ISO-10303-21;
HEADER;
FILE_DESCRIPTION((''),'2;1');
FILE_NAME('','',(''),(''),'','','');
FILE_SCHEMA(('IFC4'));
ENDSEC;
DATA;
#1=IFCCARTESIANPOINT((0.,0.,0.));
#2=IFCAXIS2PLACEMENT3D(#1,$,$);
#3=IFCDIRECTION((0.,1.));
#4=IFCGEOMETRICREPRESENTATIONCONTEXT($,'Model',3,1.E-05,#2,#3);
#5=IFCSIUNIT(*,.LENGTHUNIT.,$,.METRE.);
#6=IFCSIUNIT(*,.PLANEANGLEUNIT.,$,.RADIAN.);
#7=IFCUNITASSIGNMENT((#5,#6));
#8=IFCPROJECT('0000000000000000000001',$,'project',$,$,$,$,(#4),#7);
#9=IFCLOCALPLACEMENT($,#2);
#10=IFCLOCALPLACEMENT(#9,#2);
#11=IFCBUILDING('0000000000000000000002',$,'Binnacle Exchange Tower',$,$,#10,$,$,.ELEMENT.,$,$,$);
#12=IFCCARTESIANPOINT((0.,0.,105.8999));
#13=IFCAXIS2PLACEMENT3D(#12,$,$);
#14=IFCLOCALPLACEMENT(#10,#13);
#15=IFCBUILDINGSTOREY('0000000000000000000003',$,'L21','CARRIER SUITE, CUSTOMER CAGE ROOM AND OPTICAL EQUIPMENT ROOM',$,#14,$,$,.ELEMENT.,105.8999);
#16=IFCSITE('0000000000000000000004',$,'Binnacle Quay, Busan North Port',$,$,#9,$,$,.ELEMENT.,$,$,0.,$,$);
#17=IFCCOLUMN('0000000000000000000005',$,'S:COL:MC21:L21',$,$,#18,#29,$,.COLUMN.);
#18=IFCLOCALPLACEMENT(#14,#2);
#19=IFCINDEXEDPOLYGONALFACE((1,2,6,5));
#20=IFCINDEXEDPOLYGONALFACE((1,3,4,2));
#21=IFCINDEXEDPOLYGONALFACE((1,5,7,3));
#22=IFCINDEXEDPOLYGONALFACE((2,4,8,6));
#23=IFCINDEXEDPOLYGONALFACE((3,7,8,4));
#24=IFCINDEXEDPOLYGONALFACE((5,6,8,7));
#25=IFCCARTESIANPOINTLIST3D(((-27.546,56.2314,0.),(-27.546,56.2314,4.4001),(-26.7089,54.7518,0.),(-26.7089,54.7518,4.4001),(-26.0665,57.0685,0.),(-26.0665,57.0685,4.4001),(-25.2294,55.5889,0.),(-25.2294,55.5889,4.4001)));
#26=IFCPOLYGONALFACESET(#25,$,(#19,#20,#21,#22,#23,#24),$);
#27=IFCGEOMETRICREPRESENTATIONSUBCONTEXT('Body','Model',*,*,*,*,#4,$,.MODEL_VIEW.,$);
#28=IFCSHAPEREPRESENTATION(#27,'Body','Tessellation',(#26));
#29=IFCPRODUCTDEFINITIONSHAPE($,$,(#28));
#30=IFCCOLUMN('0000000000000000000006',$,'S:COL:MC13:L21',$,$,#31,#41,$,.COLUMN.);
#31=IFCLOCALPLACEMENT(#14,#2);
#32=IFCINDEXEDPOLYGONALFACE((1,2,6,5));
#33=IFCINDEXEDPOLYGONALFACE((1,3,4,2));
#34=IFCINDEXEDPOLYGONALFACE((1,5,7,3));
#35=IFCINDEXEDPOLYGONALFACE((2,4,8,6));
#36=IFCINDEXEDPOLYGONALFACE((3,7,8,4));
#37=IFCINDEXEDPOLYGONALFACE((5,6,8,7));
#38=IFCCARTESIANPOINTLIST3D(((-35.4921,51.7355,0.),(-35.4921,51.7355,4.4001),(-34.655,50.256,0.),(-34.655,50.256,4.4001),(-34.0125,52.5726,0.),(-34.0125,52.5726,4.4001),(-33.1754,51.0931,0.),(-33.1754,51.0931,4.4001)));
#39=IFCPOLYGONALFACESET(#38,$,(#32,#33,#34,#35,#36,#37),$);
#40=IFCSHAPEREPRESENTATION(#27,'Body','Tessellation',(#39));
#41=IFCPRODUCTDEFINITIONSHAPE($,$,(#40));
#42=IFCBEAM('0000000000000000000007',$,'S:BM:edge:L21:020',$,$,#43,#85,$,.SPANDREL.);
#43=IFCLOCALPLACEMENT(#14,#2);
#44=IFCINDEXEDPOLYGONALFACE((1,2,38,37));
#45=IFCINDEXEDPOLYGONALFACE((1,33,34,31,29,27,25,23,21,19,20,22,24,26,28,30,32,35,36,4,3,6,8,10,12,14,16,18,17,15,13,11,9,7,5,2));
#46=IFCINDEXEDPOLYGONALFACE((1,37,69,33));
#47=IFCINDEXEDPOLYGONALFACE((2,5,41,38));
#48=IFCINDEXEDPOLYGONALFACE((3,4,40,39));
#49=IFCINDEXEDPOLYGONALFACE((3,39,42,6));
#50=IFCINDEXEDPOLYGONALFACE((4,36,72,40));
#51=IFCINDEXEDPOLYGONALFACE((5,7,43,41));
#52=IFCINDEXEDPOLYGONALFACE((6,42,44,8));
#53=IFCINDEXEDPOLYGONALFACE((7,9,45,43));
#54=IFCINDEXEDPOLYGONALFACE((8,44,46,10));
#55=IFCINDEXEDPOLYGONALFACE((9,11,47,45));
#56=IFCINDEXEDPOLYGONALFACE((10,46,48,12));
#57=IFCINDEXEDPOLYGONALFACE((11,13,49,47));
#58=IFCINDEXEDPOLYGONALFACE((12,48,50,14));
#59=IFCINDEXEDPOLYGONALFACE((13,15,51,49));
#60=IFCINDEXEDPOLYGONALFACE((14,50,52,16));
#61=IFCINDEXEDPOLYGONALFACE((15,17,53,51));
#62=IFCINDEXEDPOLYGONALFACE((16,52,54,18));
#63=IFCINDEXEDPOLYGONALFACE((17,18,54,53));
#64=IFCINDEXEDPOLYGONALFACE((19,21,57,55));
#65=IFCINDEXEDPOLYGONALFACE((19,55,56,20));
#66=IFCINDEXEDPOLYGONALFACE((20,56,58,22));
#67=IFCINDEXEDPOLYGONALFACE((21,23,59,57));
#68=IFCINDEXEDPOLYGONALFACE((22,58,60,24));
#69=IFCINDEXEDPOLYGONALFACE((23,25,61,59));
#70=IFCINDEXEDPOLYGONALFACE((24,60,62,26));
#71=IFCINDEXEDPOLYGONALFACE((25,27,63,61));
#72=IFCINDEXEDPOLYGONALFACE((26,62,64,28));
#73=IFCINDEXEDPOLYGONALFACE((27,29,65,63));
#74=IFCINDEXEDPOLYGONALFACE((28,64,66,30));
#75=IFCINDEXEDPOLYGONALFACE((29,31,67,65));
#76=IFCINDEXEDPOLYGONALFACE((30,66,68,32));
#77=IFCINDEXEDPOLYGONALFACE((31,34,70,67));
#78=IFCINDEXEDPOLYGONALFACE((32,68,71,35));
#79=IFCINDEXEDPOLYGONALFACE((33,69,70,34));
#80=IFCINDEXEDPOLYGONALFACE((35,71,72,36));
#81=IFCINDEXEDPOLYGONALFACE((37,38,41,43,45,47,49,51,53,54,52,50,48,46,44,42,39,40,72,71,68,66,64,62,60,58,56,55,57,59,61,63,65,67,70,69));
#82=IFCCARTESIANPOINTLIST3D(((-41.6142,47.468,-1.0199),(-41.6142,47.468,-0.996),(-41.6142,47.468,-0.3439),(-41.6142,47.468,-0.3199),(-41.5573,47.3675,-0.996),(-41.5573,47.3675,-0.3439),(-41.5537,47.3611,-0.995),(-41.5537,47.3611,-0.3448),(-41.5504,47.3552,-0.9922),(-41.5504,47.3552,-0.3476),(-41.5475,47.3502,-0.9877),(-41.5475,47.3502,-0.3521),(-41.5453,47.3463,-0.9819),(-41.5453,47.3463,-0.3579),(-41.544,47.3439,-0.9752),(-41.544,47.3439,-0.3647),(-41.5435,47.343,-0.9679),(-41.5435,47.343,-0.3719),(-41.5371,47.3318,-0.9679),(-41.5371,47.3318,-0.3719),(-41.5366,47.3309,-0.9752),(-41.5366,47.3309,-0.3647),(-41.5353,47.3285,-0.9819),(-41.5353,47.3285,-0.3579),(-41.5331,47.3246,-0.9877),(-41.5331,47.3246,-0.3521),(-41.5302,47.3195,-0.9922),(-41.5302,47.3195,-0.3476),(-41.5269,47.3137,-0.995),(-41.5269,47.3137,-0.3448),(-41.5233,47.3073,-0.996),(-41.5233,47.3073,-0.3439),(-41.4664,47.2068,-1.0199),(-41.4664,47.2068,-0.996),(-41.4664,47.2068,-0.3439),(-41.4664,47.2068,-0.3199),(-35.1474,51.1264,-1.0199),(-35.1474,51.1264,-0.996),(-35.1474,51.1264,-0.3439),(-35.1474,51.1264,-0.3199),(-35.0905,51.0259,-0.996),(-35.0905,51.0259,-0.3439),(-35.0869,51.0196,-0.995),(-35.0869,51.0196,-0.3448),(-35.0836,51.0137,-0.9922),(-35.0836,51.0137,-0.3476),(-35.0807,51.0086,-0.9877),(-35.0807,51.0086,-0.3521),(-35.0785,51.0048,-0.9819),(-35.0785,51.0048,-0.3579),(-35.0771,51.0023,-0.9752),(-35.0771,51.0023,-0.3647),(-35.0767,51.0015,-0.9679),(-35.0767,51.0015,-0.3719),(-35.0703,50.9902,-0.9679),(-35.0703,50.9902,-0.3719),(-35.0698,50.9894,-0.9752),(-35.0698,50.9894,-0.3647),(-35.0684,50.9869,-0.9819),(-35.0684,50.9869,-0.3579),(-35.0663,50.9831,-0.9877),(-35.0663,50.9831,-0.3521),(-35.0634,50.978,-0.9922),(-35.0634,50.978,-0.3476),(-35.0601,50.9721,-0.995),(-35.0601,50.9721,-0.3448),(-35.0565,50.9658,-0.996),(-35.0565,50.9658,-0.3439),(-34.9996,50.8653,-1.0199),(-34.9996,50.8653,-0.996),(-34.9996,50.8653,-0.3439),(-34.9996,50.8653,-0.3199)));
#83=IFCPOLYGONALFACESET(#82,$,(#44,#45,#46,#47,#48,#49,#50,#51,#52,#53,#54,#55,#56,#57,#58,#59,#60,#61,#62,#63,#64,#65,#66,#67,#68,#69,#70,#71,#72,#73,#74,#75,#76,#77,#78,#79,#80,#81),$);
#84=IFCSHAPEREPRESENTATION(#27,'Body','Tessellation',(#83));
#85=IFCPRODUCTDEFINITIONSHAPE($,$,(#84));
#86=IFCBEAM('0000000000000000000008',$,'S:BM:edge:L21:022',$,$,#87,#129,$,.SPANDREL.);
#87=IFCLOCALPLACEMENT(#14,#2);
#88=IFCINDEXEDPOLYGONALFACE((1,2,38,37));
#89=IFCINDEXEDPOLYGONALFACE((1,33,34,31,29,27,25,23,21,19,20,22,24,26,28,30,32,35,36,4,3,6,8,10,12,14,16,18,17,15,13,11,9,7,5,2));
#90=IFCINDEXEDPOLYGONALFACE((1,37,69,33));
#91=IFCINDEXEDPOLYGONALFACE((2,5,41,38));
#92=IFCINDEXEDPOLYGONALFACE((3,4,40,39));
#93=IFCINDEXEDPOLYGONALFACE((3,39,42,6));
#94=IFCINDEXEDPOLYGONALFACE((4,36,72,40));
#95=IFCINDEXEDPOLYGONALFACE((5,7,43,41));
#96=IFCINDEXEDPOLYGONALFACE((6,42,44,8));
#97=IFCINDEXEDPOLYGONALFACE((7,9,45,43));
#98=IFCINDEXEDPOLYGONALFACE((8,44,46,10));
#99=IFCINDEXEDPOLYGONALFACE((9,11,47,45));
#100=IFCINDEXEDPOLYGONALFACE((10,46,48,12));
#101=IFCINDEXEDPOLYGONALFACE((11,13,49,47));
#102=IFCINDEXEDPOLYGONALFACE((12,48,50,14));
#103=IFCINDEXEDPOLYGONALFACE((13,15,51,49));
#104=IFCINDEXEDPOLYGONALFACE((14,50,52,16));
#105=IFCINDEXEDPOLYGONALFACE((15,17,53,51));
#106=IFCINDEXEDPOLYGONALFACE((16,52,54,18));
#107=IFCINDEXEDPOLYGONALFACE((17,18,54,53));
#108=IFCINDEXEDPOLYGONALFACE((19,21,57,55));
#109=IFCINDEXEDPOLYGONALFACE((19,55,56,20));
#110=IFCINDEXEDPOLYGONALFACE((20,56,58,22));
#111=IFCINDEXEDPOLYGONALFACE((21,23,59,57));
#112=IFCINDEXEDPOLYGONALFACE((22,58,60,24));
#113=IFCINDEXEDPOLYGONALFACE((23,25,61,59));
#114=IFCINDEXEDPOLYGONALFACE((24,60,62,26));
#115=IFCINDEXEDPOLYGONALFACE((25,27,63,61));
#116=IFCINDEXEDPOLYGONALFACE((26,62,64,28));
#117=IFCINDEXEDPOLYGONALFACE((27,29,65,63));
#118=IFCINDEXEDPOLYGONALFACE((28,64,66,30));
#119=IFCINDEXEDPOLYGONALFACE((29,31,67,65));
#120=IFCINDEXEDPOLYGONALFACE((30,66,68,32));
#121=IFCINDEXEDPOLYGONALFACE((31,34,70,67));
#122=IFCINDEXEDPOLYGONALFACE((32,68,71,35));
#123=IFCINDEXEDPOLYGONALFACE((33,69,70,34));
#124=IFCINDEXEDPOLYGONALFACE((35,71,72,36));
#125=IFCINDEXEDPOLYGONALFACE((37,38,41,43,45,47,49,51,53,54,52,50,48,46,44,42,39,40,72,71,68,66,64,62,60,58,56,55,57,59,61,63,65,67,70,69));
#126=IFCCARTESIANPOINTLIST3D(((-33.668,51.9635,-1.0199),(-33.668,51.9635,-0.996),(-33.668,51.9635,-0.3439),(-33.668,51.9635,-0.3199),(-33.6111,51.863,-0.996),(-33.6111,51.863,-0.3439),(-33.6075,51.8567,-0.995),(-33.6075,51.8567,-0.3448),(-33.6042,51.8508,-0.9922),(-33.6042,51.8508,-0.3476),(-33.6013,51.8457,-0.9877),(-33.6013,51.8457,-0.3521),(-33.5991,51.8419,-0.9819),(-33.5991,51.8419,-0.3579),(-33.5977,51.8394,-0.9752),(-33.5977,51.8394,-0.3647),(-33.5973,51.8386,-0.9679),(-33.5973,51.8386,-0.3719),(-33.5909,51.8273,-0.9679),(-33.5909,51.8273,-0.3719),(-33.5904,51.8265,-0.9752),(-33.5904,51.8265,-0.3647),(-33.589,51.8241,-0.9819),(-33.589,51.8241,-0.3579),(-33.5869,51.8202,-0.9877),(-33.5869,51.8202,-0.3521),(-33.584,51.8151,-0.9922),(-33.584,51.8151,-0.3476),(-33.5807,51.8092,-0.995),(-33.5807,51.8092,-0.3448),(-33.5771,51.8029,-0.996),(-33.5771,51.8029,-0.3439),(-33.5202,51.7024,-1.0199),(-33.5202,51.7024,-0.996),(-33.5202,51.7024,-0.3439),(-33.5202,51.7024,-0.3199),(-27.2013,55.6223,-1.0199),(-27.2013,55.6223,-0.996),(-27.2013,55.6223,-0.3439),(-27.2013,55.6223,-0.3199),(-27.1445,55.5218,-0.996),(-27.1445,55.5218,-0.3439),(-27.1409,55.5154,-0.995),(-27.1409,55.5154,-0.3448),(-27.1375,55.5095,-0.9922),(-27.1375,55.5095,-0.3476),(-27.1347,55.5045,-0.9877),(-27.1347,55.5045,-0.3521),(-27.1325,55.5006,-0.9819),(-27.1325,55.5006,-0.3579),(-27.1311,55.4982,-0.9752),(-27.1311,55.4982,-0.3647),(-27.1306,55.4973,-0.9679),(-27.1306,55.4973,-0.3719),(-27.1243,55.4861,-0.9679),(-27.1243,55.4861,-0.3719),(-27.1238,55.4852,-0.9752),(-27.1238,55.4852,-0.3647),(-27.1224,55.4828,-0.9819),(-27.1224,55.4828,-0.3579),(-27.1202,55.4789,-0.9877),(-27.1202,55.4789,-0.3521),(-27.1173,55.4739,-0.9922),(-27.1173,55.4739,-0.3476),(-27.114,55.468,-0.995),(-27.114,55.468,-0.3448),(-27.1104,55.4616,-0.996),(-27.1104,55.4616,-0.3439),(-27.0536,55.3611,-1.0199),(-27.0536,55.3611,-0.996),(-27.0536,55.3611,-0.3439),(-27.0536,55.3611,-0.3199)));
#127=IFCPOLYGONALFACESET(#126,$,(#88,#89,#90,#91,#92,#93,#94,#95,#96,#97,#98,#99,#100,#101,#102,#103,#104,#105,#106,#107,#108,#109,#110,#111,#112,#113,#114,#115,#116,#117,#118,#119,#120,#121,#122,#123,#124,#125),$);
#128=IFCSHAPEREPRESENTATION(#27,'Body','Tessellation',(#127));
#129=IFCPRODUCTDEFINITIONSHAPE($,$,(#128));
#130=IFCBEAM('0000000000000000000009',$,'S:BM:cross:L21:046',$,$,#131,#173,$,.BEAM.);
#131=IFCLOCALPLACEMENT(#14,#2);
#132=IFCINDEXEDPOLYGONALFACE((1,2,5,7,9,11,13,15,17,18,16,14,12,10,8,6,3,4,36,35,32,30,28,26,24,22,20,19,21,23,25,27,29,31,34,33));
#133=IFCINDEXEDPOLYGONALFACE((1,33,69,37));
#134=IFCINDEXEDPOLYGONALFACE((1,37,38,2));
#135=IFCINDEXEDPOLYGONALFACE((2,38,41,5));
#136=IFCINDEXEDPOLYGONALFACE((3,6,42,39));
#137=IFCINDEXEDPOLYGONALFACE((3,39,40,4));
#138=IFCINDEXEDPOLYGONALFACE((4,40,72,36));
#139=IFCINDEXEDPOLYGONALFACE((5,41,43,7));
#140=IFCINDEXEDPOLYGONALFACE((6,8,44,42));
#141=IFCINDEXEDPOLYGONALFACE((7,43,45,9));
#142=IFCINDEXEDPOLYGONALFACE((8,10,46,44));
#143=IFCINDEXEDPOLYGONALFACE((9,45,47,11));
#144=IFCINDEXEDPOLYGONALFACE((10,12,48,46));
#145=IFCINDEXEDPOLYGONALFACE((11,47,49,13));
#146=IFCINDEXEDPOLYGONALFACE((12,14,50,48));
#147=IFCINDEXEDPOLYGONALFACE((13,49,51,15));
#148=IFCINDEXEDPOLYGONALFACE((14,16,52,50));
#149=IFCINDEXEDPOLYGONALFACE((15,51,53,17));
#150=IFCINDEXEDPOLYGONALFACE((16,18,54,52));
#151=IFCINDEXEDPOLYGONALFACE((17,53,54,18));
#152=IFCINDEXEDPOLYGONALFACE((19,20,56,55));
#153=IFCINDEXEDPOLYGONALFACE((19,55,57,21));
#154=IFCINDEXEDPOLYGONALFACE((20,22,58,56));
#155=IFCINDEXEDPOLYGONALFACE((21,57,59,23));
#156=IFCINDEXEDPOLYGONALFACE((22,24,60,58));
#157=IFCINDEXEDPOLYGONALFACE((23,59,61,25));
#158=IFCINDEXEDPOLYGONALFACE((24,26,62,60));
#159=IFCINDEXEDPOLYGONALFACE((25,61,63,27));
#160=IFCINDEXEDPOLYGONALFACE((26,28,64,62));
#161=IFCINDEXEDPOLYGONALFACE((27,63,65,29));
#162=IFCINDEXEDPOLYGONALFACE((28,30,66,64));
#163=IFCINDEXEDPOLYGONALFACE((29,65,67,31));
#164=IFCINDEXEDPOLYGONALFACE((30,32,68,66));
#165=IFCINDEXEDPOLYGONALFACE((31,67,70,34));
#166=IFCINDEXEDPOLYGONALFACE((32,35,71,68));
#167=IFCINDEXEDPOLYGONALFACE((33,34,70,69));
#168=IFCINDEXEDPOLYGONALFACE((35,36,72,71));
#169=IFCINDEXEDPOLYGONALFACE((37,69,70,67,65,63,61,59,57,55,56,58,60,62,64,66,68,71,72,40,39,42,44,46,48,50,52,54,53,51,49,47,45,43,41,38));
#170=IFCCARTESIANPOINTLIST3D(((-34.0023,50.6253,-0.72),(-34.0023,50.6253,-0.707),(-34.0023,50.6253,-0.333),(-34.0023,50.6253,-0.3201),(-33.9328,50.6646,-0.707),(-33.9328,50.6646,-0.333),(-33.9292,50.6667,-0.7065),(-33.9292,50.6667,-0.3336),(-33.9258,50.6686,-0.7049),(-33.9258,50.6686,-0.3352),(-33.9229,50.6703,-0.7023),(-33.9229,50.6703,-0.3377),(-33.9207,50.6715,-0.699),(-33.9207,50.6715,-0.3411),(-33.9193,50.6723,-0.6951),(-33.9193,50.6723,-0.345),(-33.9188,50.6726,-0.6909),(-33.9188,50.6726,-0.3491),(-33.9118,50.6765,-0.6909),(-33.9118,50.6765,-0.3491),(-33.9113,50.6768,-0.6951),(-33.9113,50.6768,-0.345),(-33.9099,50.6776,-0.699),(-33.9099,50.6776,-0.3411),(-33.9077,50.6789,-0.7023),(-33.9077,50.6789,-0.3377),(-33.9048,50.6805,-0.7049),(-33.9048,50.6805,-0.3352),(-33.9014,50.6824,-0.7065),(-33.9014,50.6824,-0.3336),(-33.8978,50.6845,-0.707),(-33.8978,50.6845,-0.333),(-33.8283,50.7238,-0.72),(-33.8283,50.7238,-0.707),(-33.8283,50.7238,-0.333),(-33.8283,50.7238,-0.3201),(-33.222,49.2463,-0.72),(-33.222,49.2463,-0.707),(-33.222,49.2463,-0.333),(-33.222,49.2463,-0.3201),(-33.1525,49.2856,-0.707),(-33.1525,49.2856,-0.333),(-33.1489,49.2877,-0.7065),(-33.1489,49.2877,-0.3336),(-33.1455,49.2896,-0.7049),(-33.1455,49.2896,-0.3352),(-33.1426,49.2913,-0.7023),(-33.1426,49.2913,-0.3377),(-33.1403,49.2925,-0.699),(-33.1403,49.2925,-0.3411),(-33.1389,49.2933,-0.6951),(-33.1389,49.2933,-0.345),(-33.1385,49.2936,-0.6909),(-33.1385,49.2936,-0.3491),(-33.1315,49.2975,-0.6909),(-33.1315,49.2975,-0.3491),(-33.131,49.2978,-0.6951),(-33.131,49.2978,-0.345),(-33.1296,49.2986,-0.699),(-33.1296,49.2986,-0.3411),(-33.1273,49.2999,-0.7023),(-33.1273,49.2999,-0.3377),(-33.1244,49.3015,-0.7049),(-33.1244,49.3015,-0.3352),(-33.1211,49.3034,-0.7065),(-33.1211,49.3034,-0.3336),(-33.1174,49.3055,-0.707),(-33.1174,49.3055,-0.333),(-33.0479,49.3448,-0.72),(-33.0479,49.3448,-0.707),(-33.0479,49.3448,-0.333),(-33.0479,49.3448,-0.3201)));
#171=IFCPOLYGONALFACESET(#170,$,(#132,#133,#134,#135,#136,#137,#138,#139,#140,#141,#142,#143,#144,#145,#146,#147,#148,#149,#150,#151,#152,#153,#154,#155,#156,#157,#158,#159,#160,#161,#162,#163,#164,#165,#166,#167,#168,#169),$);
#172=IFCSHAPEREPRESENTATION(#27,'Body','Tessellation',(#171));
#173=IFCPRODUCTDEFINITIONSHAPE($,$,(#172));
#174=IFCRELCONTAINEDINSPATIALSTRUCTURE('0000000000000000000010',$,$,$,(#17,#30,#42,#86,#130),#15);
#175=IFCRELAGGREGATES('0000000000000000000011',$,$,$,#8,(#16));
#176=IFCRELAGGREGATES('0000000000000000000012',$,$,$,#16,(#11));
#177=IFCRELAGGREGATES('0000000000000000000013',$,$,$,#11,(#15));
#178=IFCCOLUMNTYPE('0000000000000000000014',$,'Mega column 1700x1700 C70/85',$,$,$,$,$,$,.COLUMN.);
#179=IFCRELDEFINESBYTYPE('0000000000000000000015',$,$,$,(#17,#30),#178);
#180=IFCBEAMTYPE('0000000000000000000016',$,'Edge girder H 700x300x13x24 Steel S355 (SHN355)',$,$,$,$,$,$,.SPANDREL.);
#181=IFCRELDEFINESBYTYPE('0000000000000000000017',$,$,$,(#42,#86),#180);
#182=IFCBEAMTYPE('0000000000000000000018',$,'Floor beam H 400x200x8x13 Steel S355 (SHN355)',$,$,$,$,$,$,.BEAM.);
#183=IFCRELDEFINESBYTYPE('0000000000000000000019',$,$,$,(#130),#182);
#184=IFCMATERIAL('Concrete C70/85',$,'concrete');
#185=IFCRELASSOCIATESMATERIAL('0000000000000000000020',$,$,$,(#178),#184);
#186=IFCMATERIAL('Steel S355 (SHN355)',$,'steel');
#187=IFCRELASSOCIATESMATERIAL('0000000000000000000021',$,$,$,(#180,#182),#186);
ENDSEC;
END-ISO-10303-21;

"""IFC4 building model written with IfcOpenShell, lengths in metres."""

from ifc_helpers import new_model, si_unit, direction, frame, origin, origin_2d, place, context, subcontext, project, spatial, rectangle, i_section, extrude, material, material_profile, profile_set, type_object, element, save


model = new_model("IFC4")

# Units and contexts
model_context = context("Model", 3, precision=1e-05, world=origin(), true_north=direction((0.0, 1.0)))
body_context = subcontext(model_context, "Body", "Model", "MODEL_VIEW")
ifc_project = project(units=[si_unit("LENGTHUNIT", "METRE"), si_unit("PLANEANGLEUNIT", "RADIAN")], contexts=[model_context])

# Site, building, storey
site_placement = place(None, origin())
site = spatial("IfcSite", under=ifc_project, at=site_placement, Name="Binnacle Quay, Busan North Port", CompositionType="ELEMENT", RefElevation=0.0)
building_placement = place(site_placement, origin())
building = spatial("IfcBuilding", under=site, at=building_placement, Name="Binnacle Exchange Tower", CompositionType="ELEMENT")
storey_placement = place(building_placement, frame((0.0, 0.0, 105.8999)))
storey = spatial("IfcBuildingStorey", under=building, at=storey_placement, Name="L21", Description="CARRIER SUITE, CUSTOMER CAGE ROOM AND OPTICAL EQUIPMENT ROOM", CompositionType="ELEMENT", Elevation=105.8999)

# Columns
ifc_material_1 = material(Name="Concrete C70/85", Category="concrete")
ifc_material_profile_1 = material_profile(ifc_material_1, rectangle(XDim=1.7, YDim=1.7, at=origin_2d()), Name="Mega column 1700x1700 C70/85")
ifc_profile_set_1 = profile_set([ifc_material_profile_1], Name="Concrete C70/85")
column_type = type_object("IfcColumnType", Name="Mega column 1700x1700 C70/85", PredefinedType="COLUMN", material=ifc_profile_set_1)
for number, where, z_axis, x_axis, name in (
    (1, (-26.3877, 55.9102, 0.0), (0.0, 0.0, 1.0), (-0.870356, -0.492424, 0.0), "S:COL:MC21:L21"),
    (2, (-34.3337, 51.4143, 0.0), (0.0, 0.0, 1.0), (-0.870356, -0.492424, 0.0), "S:COL:MC13:L21"),
):
    element("IfcColumn", number, at=place(storey_placement, frame(where, z_axis=z_axis, x_axis=x_axis)), inside=storey, type_object=column_type, Name=name, PredefinedType="COLUMN", context=body_context, shape_type="SweptSolid", body=[
        extrude(rectangle(XDim=1.7, YDim=1.7, at=origin_2d()), origin(), (0.0, 0.0, 1.0), 4.4001),
    ])

# Beams
ifc_material_2 = material(Name="Steel S355 (SHN355)", Category="steel")
ifc_material_profile_2 = material_profile(ifc_material_2, i_section(OverallWidth=0.3, OverallDepth=0.7, WebThickness=0.0129, FlangeThickness=0.0239, FilletRadius=0.0281, at=origin_2d()), Name="H 700x300x13x24")
ifc_profile_set_2 = profile_set([ifc_material_profile_2], Name="Steel S355 (SHN355)")
beam_type_1 = type_object("IfcBeamType", Name="Edge girder H 700x300x13x24 Steel S355 (SHN355)", PredefinedType="SPANDREL", material=ifc_profile_set_2)
for number, where, z_axis, x_axis, name in (
    (3, (-35.0735, 50.9958, -0.6699), (-0.870372, -0.492394, 0.0), (0.492394, -0.870372, 0.0), "S:BM:edge:L21:020"),
    (4, (-27.1274, 55.4917, -0.6699), (-0.87035, -0.492433, 0.0), (0.492433, -0.87035, 0.0), "S:BM:edge:L21:022"),
):
    element("IfcBeam", number, at=place(storey_placement, frame(where, z_axis=z_axis, x_axis=x_axis)), inside=storey, type_object=beam_type_1, Name=name, PredefinedType="SPANDREL", context=body_context, shape_type="SweptSolid", body=[
        extrude(i_section(OverallWidth=0.3, OverallDepth=0.7, WebThickness=0.0129, FlangeThickness=0.0239, FilletRadius=0.0281, at=origin_2d()), origin(), (0.0, 0.0, 1.0), 7.4299),
    ])
ifc_material_profile_3 = material_profile(ifc_material_2, i_section(OverallWidth=0.2, OverallDepth=0.3999, WebThickness=0.0081, FlangeThickness=0.0129, FilletRadius=0.0161, at=origin_2d()), Name="H 400x200x8x13")
ifc_profile_set_3 = profile_set([ifc_material_profile_3], Name="Steel S355 (SHN355)")
beam_type_2 = type_object("IfcBeamType", Name="Floor beam H 400x200x8x13 Steel S355 (SHN355)", PredefinedType="BEAM", material=ifc_profile_set_3)
beam_1_placement = place(storey_placement, frame((-33.9153, 50.6746, -0.52), z_axis=(0.492484, -0.870322, 0.0), x_axis=(0.870322, 0.492484, 0.0)))
element("IfcBeam", 5, at=beam_1_placement, inside=storey, type_object=beam_type_2, Name="S:BM:cross:L21:046", PredefinedType="BEAM", context=body_context, shape_type="SweptSolid", body=[
    extrude(i_section(OverallWidth=0.2, OverallDepth=0.3999, WebThickness=0.0081, FlangeThickness=0.0129, FilletRadius=0.0161, at=origin_2d()), origin(), (0.0, 0.0, 1.0), 1.5845),
])

save(model, "model.ifc")
